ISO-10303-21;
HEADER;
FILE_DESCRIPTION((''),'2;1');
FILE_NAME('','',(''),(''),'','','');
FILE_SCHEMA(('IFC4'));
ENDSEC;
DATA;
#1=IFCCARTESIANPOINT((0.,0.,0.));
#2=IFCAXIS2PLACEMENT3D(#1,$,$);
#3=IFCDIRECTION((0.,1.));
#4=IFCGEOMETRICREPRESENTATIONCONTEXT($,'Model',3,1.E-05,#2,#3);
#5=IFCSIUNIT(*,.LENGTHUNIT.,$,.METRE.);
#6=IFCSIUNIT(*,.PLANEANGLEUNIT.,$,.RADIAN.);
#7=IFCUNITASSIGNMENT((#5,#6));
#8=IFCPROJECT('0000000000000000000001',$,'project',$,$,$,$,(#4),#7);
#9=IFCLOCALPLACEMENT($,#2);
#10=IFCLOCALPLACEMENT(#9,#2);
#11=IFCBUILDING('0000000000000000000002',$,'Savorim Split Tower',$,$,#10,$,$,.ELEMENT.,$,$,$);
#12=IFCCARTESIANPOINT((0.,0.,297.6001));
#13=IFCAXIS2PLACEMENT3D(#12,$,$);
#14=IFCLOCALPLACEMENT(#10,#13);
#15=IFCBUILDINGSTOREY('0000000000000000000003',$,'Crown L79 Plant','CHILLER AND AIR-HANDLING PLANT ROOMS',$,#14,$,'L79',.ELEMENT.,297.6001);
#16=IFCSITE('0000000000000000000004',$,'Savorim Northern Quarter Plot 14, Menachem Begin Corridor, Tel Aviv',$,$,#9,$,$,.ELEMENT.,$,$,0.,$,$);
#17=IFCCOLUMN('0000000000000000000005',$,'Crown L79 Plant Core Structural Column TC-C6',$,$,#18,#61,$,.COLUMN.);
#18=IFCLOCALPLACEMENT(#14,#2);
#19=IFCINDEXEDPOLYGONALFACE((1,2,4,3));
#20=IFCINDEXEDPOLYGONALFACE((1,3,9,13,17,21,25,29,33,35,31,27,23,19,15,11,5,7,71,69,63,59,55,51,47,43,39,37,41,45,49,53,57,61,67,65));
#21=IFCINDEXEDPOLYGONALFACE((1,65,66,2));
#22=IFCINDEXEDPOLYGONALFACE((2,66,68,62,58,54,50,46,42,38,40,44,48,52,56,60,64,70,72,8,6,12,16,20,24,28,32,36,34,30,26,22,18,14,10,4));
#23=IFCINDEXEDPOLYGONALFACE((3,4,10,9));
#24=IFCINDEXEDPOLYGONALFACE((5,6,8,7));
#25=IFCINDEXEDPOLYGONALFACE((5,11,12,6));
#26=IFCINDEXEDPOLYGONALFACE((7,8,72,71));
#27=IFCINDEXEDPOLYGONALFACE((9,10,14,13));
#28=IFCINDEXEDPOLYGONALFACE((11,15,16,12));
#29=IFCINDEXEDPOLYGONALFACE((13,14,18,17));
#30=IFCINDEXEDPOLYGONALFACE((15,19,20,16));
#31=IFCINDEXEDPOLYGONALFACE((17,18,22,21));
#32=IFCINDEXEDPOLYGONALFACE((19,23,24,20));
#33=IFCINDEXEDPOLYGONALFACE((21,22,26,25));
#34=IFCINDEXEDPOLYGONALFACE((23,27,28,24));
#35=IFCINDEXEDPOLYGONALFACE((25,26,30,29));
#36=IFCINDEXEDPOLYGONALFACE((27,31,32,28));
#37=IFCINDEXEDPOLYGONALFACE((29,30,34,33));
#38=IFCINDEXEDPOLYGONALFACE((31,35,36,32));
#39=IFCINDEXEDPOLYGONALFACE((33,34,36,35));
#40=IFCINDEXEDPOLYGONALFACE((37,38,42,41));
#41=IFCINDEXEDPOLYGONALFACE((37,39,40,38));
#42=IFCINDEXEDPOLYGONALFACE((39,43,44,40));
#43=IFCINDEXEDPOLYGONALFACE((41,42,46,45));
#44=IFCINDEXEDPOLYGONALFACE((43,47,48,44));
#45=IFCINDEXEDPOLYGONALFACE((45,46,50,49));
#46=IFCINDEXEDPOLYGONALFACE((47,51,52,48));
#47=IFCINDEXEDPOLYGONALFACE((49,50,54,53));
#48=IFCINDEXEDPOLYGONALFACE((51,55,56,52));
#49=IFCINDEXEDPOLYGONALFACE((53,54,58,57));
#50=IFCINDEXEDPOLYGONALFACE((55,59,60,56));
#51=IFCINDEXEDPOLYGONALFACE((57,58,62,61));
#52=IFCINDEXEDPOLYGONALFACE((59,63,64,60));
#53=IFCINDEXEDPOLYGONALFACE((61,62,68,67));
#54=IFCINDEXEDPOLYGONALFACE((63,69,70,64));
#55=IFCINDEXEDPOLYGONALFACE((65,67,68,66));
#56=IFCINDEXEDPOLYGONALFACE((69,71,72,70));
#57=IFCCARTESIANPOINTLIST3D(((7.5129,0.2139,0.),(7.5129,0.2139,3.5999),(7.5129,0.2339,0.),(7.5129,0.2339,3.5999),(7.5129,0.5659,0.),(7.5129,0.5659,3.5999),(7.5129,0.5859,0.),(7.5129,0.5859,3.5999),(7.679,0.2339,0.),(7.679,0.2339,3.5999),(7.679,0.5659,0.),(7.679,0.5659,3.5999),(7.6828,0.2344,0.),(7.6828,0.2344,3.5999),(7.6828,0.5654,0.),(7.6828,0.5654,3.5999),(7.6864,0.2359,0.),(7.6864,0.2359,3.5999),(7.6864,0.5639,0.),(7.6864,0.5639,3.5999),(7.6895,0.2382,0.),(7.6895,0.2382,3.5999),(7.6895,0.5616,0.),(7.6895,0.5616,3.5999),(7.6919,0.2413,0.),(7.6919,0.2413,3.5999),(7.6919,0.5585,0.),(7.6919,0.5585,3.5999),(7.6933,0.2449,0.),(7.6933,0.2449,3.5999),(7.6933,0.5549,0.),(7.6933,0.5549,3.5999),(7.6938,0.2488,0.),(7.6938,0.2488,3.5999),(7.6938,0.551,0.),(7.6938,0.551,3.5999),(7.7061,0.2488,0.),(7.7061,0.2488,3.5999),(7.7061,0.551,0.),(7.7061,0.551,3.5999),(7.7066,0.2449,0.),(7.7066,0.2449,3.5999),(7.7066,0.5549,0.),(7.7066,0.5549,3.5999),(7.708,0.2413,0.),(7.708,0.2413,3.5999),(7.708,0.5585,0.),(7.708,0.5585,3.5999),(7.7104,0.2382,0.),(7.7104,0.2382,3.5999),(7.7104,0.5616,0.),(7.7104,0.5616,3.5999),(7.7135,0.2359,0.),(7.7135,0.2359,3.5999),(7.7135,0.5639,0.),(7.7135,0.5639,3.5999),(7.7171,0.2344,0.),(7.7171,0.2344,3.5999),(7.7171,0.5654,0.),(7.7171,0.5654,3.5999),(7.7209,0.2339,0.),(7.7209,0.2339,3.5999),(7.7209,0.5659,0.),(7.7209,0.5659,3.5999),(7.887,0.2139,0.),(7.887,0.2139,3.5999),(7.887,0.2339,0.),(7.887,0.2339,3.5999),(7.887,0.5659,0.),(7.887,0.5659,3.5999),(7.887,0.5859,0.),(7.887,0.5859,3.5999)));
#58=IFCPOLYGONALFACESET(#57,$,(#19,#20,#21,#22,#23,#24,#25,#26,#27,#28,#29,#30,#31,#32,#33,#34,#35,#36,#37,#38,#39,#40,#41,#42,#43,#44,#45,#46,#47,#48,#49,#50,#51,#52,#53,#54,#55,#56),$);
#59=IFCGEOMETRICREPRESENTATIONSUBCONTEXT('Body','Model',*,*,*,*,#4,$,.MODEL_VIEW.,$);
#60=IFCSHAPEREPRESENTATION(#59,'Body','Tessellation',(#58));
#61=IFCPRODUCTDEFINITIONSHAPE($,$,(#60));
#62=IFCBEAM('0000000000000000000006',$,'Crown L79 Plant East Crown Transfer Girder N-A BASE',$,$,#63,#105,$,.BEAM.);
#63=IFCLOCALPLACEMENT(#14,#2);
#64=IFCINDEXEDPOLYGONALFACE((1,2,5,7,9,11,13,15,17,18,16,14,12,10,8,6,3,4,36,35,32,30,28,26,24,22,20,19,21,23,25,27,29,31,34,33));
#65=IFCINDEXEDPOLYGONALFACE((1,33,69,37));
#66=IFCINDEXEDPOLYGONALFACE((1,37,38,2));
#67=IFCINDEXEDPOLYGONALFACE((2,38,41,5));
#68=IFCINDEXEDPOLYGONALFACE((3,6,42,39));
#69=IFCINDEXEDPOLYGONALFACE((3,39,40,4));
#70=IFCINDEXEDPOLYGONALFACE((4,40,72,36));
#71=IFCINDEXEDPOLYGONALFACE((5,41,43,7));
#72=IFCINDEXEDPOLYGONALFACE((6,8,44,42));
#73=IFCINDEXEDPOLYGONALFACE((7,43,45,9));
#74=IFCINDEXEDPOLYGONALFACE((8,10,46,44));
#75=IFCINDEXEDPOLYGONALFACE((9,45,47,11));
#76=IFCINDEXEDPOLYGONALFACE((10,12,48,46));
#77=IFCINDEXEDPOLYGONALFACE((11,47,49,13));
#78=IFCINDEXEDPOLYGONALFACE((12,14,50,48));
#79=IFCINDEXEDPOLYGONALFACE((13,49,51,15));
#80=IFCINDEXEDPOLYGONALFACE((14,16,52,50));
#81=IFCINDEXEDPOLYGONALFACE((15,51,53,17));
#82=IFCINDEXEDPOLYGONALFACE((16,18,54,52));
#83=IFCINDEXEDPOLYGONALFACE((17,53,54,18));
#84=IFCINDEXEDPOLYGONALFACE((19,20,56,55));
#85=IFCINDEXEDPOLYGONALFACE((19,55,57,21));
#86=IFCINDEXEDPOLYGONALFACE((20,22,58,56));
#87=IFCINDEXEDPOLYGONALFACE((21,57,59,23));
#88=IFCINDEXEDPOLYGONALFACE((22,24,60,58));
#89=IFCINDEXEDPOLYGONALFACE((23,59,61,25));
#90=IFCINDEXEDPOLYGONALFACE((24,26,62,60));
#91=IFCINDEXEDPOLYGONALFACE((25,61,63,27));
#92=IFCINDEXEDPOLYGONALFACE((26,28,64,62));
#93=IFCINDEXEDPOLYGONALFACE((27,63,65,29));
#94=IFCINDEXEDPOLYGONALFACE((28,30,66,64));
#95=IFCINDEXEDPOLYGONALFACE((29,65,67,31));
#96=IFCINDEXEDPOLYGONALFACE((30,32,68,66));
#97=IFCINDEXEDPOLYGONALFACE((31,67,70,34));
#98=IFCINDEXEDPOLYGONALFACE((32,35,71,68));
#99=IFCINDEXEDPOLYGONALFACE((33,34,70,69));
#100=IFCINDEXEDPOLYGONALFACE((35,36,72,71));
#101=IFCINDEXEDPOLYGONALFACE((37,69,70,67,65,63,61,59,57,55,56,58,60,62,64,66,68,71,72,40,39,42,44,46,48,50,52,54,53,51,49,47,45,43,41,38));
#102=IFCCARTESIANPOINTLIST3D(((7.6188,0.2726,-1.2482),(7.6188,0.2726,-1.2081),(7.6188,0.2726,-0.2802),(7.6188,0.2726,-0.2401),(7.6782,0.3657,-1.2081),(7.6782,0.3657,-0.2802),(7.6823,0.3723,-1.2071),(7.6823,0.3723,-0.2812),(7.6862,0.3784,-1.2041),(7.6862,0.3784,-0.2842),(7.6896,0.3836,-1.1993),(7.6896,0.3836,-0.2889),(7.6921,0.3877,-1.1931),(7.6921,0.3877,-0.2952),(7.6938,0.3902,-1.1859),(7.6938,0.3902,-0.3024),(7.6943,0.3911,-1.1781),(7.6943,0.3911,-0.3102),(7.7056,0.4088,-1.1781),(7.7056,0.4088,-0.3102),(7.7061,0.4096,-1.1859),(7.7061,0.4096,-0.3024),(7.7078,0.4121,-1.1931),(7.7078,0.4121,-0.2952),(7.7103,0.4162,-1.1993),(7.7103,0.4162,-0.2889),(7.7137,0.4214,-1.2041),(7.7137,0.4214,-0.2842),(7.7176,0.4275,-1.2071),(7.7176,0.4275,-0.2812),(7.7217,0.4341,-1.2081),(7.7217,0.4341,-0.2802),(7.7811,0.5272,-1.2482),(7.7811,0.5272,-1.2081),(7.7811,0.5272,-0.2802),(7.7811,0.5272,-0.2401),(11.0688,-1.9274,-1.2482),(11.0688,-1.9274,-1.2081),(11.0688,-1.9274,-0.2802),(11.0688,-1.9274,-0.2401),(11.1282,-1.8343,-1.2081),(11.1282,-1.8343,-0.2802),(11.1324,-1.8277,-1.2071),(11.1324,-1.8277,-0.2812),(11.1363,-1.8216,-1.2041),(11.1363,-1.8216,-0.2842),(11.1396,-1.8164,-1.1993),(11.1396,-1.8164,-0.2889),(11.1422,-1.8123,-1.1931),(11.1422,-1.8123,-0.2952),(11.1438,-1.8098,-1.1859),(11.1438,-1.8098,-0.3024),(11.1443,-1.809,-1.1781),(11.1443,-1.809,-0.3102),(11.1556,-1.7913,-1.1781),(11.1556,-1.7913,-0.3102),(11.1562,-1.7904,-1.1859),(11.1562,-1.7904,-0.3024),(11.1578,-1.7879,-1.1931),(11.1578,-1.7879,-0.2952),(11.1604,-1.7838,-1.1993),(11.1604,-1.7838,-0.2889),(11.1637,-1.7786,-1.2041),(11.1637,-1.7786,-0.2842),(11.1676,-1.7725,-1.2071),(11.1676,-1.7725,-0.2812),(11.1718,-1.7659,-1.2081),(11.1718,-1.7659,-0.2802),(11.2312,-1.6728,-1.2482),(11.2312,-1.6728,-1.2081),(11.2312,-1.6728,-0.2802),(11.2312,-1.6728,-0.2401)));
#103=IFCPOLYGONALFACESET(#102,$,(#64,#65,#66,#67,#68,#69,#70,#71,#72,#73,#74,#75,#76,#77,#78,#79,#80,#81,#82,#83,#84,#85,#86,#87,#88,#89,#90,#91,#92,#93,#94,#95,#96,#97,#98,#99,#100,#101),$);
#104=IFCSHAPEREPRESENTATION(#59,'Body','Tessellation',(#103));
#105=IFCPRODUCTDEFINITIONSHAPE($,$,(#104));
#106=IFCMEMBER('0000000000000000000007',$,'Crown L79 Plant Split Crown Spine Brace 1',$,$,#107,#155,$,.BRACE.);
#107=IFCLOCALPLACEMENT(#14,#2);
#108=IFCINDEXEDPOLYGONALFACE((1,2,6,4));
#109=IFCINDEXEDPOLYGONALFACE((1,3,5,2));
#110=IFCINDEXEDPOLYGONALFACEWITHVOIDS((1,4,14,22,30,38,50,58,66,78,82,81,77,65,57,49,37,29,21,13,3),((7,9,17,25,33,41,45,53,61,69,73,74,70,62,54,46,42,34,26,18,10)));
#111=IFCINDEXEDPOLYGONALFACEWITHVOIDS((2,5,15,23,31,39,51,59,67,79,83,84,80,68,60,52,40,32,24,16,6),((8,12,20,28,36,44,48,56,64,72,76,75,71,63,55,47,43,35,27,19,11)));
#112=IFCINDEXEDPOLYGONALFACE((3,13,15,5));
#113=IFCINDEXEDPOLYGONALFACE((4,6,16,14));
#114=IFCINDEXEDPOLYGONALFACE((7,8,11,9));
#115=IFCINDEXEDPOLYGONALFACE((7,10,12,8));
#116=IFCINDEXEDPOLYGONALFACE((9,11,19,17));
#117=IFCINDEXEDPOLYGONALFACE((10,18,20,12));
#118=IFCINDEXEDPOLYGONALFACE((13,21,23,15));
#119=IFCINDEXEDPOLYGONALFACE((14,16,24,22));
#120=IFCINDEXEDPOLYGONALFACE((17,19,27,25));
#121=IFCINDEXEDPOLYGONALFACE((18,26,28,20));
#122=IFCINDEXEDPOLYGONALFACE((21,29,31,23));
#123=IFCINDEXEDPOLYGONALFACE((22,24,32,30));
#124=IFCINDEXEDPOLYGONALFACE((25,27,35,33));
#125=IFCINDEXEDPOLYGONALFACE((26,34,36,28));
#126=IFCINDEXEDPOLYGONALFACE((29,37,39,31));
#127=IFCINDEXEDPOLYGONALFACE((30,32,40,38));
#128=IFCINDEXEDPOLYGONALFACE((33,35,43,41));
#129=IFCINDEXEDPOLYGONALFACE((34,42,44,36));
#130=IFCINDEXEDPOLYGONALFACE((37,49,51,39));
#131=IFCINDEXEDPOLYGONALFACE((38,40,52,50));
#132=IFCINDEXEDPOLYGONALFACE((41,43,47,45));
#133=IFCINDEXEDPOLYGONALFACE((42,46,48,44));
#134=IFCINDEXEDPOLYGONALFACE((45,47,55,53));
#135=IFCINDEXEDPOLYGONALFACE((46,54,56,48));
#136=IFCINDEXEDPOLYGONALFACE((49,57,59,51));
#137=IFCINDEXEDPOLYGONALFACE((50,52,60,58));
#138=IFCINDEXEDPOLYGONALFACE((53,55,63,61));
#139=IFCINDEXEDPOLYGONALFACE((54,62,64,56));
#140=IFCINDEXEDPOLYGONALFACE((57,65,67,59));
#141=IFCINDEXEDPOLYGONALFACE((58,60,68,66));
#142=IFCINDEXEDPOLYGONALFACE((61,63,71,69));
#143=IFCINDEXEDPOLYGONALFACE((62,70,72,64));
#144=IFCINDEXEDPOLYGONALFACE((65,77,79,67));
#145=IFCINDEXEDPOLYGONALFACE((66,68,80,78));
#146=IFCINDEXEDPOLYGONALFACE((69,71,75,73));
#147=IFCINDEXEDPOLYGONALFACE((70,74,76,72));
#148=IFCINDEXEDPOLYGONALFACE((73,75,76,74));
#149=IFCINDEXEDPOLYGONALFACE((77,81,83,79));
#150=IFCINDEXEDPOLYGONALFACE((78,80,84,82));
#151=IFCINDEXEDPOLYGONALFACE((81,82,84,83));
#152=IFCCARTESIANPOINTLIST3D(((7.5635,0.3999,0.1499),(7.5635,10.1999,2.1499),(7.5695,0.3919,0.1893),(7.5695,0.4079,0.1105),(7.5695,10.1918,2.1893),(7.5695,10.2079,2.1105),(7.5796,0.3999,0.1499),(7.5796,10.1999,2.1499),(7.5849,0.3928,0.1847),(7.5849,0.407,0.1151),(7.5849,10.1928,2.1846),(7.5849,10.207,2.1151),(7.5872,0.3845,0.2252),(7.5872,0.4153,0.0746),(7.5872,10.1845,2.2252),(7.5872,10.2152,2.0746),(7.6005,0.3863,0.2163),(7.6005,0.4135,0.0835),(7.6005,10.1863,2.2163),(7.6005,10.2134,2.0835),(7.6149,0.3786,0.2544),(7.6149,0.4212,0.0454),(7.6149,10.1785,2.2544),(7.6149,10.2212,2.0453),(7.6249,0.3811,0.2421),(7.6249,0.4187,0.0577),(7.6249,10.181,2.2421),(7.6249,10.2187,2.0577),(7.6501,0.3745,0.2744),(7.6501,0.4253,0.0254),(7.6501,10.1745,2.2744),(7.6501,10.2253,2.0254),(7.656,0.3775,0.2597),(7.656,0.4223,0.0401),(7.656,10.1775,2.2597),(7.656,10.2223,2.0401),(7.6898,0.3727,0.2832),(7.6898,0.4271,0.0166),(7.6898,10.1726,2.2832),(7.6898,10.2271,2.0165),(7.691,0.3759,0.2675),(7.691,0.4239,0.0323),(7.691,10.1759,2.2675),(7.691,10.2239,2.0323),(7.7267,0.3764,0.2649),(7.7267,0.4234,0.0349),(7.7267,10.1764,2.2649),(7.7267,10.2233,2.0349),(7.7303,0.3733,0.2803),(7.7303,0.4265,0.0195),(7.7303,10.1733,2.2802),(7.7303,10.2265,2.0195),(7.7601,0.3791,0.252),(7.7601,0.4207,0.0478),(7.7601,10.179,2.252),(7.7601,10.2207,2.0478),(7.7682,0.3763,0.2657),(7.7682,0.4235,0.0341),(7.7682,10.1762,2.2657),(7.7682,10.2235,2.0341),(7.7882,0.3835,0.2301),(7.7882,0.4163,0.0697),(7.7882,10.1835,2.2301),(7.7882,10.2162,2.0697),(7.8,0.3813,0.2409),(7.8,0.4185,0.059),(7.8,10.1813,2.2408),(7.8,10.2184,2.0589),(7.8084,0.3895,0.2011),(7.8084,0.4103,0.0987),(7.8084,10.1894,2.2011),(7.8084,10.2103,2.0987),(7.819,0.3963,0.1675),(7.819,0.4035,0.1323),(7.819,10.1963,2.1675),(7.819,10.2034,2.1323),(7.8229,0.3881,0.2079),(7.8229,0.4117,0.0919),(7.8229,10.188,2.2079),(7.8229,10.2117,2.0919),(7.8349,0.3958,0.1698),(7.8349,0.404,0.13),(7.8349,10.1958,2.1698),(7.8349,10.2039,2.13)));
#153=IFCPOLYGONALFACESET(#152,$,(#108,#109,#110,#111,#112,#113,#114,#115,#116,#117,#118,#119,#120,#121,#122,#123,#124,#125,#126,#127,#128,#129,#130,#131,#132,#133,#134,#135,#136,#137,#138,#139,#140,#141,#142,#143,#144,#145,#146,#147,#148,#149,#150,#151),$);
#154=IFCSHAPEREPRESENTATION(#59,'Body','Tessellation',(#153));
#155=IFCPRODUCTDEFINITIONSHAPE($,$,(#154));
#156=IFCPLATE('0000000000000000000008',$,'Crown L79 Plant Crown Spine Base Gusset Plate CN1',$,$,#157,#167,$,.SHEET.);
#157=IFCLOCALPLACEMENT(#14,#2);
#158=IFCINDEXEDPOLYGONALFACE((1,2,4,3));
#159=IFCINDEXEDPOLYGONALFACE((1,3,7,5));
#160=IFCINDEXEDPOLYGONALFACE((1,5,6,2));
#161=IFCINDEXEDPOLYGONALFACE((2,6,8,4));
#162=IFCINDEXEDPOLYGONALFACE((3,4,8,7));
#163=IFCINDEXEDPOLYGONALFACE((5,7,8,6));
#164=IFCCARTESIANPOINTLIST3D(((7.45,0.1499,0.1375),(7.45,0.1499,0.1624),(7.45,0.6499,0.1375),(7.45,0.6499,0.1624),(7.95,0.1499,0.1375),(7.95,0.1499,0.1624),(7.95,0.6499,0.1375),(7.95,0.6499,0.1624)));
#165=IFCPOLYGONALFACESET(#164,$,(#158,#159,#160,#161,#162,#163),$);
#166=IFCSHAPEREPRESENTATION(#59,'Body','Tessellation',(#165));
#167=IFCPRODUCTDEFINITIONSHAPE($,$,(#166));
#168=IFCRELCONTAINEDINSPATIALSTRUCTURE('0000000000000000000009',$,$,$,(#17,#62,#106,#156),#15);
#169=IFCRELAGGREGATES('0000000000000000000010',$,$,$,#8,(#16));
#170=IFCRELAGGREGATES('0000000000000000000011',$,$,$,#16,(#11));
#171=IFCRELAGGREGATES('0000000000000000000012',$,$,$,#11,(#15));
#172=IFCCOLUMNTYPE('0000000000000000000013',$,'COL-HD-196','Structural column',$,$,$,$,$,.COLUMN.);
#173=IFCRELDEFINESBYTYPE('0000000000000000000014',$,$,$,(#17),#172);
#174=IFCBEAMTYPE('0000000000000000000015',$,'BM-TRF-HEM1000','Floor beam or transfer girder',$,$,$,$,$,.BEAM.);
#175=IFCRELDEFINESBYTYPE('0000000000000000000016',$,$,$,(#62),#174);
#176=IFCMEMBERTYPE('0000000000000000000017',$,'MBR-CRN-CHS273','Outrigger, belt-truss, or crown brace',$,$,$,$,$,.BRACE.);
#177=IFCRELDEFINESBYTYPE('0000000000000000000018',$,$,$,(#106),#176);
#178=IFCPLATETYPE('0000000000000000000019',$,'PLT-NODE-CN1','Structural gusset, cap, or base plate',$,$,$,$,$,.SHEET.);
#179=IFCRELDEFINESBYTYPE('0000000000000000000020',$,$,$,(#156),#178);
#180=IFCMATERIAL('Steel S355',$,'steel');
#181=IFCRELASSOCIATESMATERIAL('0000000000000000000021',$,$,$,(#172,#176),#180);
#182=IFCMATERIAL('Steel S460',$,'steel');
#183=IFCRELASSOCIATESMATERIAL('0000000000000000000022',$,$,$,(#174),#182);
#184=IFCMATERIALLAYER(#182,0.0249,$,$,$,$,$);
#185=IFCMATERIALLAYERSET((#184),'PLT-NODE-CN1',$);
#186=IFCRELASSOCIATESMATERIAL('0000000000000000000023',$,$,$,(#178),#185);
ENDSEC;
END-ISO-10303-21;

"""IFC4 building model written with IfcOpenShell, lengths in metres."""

from ifc_helpers import new_model, si_unit, direction, frame, origin, origin_2d, place, context, subcontext, project, spatial, rectangle, hollow_circle, i_section, extrude, material, layer, layer_set, material_profile, profile_set, type_object, element, save


model = new_model("IFC4")

# Units and contexts
model_context = context("Model", 3, precision=1e-05, world=origin(), true_north=direction((0.0, 1.0)))
body_context = subcontext(model_context, "Body", "Model", "MODEL_VIEW")
ifc_project = project(units=[si_unit("LENGTHUNIT", "METRE"), si_unit("PLANEANGLEUNIT", "RADIAN")], contexts=[model_context])

# Site, building, storey
site_placement = place(None, origin())
site = spatial("IfcSite", under=ifc_project, at=site_placement, Name="Savorim Northern Quarter Plot 14, Menachem Begin Corridor, Tel Aviv", CompositionType="ELEMENT", RefElevation=0.0)
building_placement = place(site_placement, origin())
building = spatial("IfcBuilding", under=site, at=building_placement, Name="Savorim Split Tower", CompositionType="ELEMENT")
storey_placement = place(building_placement, frame((0.0, 0.0, 297.6001)))
storey = spatial("IfcBuildingStorey", under=building, at=storey_placement, Name="Crown L79 Plant", Description="CHILLER AND AIR-HANDLING PLANT ROOMS", LongName="L79", CompositionType="ELEMENT", Elevation=297.6001)

# Column
ifc_material_1 = material(Name="Steel S355", Category="steel")
ifc_material_profile_1 = material_profile(ifc_material_1, i_section(OverallWidth=0.374, OverallDepth=0.3721, WebThickness=0.0122, FlangeThickness=0.02, FilletRadius=0.0149, at=origin_2d()), Name="HD 360x196")
ifc_profile_set_1 = profile_set([ifc_material_profile_1], Name="Steel S355")
column_type = type_object("IfcColumnType", Name="COL-HD-196", Description="Structural column", PredefinedType="COLUMN", material=ifc_profile_set_1)
column_placement = place(storey_placement, frame((7.7, 0.3999, 0.0), z_axis=(0.0, 0.0, 1.0), x_axis=(1.0, 0.0, 0.0)))
element("IfcColumn", 1, at=column_placement, inside=storey, type_object=column_type, Name="Crown L79 Plant Core Structural Column TC-C6", PredefinedType="COLUMN", context=body_context, shape_type="SweptSolid", body=[
    extrude(i_section(OverallWidth=0.374, OverallDepth=0.3721, WebThickness=0.0122, FlangeThickness=0.02, FilletRadius=0.0149, at=origin_2d()), origin(), (0.0, 0.0, 1.0), 3.5999),
])

# Beam
ifc_material_2 = material(Name="Steel S460", Category="steel")
ifc_material_profile_2 = material_profile(ifc_material_2, i_section(OverallWidth=0.302, OverallDepth=1.0081, WebThickness=0.021, FlangeThickness=0.04, FilletRadius=0.03, at=origin_2d()), Name="HE 1000 M")
ifc_profile_set_2 = profile_set([ifc_material_profile_2], Name="Steel S460")
beam_type = type_object("IfcBeamType", Name="BM-TRF-HEM1000", Description="Floor beam or transfer girder", PredefinedType="BEAM", material=ifc_profile_set_2)
beam_placement = place(storey_placement, frame((7.7, 0.3999, -0.7441), z_axis=(0.84316, -0.537663, 0.0), x_axis=(0.537663, 0.84316, 0.0)))
element("IfcBeam", 2, at=beam_placement, inside=storey, type_object=beam_type, Name="Crown L79 Plant East Crown Transfer Girder N-A BASE", PredefinedType="BEAM", context=body_context, shape_type="SweptSolid", body=[
    extrude(i_section(OverallWidth=0.302, OverallDepth=1.0081, WebThickness=0.021, FlangeThickness=0.04, FilletRadius=0.03, at=origin_2d()), origin(), (0.0, 0.0, 1.0), 4.0918),
])

# Member
ifc_material_profile_3 = material_profile(ifc_material_1, hollow_circle(Radius=0.1365, WallThickness=0.0161, at=origin_2d()), Name="CHS 273x16")
ifc_profile_set_3 = profile_set([ifc_material_profile_3], Name="Steel S355")
member_type = type_object("IfcMemberType", Name="MBR-CRN-CHS273", Description="Outrigger, belt-truss, or crown brace", PredefinedType="BRACE", material=ifc_profile_set_3)
member_placement = place(storey_placement, frame((7.7, 0.3999, 0.1499), z_axis=(0.0, 0.979804, 0.199959), x_axis=(-1.0, 0.0, 0.0)))
element("IfcMember", 3, at=member_placement, inside=storey, type_object=member_type, Name="Crown L79 Plant Split Crown Spine Brace 1", PredefinedType="BRACE", context=body_context, shape_type="SweptSolid", body=[
    extrude(hollow_circle(Radius=0.1365, WallThickness=0.0161, at=origin_2d()), origin(), (0.0, 0.0, 1.0), 10.002),
])

# Plate
ifc_layer_1 = layer(ifc_material_2, 0.0249)
ifc_layer_set_1 = layer_set([ifc_layer_1], Name="PLT-NODE-CN1")
plate_type = type_object("IfcPlateType", Name="PLT-NODE-CN1", Description="Structural gusset, cap, or base plate", PredefinedType="SHEET", material=ifc_layer_set_1)
plate_placement = place(storey_placement, frame((7.7, 0.3999, 0.1375), z_axis=(0.0, 0.0, 1.0), x_axis=(1.0, 0.0, 0.0)))
element("IfcPlate", 4, at=plate_placement, inside=storey, type_object=plate_type, Name="Crown L79 Plant Crown Spine Base Gusset Plate CN1", PredefinedType="SHEET", context=body_context, shape_type="SweptSolid", body=[
    extrude(rectangle(XDim=0.5, YDim=0.5, at=origin_2d()), origin(), (0.0, 0.0, 1.0), 0.0249),
])

save(model, "model.ifc")
